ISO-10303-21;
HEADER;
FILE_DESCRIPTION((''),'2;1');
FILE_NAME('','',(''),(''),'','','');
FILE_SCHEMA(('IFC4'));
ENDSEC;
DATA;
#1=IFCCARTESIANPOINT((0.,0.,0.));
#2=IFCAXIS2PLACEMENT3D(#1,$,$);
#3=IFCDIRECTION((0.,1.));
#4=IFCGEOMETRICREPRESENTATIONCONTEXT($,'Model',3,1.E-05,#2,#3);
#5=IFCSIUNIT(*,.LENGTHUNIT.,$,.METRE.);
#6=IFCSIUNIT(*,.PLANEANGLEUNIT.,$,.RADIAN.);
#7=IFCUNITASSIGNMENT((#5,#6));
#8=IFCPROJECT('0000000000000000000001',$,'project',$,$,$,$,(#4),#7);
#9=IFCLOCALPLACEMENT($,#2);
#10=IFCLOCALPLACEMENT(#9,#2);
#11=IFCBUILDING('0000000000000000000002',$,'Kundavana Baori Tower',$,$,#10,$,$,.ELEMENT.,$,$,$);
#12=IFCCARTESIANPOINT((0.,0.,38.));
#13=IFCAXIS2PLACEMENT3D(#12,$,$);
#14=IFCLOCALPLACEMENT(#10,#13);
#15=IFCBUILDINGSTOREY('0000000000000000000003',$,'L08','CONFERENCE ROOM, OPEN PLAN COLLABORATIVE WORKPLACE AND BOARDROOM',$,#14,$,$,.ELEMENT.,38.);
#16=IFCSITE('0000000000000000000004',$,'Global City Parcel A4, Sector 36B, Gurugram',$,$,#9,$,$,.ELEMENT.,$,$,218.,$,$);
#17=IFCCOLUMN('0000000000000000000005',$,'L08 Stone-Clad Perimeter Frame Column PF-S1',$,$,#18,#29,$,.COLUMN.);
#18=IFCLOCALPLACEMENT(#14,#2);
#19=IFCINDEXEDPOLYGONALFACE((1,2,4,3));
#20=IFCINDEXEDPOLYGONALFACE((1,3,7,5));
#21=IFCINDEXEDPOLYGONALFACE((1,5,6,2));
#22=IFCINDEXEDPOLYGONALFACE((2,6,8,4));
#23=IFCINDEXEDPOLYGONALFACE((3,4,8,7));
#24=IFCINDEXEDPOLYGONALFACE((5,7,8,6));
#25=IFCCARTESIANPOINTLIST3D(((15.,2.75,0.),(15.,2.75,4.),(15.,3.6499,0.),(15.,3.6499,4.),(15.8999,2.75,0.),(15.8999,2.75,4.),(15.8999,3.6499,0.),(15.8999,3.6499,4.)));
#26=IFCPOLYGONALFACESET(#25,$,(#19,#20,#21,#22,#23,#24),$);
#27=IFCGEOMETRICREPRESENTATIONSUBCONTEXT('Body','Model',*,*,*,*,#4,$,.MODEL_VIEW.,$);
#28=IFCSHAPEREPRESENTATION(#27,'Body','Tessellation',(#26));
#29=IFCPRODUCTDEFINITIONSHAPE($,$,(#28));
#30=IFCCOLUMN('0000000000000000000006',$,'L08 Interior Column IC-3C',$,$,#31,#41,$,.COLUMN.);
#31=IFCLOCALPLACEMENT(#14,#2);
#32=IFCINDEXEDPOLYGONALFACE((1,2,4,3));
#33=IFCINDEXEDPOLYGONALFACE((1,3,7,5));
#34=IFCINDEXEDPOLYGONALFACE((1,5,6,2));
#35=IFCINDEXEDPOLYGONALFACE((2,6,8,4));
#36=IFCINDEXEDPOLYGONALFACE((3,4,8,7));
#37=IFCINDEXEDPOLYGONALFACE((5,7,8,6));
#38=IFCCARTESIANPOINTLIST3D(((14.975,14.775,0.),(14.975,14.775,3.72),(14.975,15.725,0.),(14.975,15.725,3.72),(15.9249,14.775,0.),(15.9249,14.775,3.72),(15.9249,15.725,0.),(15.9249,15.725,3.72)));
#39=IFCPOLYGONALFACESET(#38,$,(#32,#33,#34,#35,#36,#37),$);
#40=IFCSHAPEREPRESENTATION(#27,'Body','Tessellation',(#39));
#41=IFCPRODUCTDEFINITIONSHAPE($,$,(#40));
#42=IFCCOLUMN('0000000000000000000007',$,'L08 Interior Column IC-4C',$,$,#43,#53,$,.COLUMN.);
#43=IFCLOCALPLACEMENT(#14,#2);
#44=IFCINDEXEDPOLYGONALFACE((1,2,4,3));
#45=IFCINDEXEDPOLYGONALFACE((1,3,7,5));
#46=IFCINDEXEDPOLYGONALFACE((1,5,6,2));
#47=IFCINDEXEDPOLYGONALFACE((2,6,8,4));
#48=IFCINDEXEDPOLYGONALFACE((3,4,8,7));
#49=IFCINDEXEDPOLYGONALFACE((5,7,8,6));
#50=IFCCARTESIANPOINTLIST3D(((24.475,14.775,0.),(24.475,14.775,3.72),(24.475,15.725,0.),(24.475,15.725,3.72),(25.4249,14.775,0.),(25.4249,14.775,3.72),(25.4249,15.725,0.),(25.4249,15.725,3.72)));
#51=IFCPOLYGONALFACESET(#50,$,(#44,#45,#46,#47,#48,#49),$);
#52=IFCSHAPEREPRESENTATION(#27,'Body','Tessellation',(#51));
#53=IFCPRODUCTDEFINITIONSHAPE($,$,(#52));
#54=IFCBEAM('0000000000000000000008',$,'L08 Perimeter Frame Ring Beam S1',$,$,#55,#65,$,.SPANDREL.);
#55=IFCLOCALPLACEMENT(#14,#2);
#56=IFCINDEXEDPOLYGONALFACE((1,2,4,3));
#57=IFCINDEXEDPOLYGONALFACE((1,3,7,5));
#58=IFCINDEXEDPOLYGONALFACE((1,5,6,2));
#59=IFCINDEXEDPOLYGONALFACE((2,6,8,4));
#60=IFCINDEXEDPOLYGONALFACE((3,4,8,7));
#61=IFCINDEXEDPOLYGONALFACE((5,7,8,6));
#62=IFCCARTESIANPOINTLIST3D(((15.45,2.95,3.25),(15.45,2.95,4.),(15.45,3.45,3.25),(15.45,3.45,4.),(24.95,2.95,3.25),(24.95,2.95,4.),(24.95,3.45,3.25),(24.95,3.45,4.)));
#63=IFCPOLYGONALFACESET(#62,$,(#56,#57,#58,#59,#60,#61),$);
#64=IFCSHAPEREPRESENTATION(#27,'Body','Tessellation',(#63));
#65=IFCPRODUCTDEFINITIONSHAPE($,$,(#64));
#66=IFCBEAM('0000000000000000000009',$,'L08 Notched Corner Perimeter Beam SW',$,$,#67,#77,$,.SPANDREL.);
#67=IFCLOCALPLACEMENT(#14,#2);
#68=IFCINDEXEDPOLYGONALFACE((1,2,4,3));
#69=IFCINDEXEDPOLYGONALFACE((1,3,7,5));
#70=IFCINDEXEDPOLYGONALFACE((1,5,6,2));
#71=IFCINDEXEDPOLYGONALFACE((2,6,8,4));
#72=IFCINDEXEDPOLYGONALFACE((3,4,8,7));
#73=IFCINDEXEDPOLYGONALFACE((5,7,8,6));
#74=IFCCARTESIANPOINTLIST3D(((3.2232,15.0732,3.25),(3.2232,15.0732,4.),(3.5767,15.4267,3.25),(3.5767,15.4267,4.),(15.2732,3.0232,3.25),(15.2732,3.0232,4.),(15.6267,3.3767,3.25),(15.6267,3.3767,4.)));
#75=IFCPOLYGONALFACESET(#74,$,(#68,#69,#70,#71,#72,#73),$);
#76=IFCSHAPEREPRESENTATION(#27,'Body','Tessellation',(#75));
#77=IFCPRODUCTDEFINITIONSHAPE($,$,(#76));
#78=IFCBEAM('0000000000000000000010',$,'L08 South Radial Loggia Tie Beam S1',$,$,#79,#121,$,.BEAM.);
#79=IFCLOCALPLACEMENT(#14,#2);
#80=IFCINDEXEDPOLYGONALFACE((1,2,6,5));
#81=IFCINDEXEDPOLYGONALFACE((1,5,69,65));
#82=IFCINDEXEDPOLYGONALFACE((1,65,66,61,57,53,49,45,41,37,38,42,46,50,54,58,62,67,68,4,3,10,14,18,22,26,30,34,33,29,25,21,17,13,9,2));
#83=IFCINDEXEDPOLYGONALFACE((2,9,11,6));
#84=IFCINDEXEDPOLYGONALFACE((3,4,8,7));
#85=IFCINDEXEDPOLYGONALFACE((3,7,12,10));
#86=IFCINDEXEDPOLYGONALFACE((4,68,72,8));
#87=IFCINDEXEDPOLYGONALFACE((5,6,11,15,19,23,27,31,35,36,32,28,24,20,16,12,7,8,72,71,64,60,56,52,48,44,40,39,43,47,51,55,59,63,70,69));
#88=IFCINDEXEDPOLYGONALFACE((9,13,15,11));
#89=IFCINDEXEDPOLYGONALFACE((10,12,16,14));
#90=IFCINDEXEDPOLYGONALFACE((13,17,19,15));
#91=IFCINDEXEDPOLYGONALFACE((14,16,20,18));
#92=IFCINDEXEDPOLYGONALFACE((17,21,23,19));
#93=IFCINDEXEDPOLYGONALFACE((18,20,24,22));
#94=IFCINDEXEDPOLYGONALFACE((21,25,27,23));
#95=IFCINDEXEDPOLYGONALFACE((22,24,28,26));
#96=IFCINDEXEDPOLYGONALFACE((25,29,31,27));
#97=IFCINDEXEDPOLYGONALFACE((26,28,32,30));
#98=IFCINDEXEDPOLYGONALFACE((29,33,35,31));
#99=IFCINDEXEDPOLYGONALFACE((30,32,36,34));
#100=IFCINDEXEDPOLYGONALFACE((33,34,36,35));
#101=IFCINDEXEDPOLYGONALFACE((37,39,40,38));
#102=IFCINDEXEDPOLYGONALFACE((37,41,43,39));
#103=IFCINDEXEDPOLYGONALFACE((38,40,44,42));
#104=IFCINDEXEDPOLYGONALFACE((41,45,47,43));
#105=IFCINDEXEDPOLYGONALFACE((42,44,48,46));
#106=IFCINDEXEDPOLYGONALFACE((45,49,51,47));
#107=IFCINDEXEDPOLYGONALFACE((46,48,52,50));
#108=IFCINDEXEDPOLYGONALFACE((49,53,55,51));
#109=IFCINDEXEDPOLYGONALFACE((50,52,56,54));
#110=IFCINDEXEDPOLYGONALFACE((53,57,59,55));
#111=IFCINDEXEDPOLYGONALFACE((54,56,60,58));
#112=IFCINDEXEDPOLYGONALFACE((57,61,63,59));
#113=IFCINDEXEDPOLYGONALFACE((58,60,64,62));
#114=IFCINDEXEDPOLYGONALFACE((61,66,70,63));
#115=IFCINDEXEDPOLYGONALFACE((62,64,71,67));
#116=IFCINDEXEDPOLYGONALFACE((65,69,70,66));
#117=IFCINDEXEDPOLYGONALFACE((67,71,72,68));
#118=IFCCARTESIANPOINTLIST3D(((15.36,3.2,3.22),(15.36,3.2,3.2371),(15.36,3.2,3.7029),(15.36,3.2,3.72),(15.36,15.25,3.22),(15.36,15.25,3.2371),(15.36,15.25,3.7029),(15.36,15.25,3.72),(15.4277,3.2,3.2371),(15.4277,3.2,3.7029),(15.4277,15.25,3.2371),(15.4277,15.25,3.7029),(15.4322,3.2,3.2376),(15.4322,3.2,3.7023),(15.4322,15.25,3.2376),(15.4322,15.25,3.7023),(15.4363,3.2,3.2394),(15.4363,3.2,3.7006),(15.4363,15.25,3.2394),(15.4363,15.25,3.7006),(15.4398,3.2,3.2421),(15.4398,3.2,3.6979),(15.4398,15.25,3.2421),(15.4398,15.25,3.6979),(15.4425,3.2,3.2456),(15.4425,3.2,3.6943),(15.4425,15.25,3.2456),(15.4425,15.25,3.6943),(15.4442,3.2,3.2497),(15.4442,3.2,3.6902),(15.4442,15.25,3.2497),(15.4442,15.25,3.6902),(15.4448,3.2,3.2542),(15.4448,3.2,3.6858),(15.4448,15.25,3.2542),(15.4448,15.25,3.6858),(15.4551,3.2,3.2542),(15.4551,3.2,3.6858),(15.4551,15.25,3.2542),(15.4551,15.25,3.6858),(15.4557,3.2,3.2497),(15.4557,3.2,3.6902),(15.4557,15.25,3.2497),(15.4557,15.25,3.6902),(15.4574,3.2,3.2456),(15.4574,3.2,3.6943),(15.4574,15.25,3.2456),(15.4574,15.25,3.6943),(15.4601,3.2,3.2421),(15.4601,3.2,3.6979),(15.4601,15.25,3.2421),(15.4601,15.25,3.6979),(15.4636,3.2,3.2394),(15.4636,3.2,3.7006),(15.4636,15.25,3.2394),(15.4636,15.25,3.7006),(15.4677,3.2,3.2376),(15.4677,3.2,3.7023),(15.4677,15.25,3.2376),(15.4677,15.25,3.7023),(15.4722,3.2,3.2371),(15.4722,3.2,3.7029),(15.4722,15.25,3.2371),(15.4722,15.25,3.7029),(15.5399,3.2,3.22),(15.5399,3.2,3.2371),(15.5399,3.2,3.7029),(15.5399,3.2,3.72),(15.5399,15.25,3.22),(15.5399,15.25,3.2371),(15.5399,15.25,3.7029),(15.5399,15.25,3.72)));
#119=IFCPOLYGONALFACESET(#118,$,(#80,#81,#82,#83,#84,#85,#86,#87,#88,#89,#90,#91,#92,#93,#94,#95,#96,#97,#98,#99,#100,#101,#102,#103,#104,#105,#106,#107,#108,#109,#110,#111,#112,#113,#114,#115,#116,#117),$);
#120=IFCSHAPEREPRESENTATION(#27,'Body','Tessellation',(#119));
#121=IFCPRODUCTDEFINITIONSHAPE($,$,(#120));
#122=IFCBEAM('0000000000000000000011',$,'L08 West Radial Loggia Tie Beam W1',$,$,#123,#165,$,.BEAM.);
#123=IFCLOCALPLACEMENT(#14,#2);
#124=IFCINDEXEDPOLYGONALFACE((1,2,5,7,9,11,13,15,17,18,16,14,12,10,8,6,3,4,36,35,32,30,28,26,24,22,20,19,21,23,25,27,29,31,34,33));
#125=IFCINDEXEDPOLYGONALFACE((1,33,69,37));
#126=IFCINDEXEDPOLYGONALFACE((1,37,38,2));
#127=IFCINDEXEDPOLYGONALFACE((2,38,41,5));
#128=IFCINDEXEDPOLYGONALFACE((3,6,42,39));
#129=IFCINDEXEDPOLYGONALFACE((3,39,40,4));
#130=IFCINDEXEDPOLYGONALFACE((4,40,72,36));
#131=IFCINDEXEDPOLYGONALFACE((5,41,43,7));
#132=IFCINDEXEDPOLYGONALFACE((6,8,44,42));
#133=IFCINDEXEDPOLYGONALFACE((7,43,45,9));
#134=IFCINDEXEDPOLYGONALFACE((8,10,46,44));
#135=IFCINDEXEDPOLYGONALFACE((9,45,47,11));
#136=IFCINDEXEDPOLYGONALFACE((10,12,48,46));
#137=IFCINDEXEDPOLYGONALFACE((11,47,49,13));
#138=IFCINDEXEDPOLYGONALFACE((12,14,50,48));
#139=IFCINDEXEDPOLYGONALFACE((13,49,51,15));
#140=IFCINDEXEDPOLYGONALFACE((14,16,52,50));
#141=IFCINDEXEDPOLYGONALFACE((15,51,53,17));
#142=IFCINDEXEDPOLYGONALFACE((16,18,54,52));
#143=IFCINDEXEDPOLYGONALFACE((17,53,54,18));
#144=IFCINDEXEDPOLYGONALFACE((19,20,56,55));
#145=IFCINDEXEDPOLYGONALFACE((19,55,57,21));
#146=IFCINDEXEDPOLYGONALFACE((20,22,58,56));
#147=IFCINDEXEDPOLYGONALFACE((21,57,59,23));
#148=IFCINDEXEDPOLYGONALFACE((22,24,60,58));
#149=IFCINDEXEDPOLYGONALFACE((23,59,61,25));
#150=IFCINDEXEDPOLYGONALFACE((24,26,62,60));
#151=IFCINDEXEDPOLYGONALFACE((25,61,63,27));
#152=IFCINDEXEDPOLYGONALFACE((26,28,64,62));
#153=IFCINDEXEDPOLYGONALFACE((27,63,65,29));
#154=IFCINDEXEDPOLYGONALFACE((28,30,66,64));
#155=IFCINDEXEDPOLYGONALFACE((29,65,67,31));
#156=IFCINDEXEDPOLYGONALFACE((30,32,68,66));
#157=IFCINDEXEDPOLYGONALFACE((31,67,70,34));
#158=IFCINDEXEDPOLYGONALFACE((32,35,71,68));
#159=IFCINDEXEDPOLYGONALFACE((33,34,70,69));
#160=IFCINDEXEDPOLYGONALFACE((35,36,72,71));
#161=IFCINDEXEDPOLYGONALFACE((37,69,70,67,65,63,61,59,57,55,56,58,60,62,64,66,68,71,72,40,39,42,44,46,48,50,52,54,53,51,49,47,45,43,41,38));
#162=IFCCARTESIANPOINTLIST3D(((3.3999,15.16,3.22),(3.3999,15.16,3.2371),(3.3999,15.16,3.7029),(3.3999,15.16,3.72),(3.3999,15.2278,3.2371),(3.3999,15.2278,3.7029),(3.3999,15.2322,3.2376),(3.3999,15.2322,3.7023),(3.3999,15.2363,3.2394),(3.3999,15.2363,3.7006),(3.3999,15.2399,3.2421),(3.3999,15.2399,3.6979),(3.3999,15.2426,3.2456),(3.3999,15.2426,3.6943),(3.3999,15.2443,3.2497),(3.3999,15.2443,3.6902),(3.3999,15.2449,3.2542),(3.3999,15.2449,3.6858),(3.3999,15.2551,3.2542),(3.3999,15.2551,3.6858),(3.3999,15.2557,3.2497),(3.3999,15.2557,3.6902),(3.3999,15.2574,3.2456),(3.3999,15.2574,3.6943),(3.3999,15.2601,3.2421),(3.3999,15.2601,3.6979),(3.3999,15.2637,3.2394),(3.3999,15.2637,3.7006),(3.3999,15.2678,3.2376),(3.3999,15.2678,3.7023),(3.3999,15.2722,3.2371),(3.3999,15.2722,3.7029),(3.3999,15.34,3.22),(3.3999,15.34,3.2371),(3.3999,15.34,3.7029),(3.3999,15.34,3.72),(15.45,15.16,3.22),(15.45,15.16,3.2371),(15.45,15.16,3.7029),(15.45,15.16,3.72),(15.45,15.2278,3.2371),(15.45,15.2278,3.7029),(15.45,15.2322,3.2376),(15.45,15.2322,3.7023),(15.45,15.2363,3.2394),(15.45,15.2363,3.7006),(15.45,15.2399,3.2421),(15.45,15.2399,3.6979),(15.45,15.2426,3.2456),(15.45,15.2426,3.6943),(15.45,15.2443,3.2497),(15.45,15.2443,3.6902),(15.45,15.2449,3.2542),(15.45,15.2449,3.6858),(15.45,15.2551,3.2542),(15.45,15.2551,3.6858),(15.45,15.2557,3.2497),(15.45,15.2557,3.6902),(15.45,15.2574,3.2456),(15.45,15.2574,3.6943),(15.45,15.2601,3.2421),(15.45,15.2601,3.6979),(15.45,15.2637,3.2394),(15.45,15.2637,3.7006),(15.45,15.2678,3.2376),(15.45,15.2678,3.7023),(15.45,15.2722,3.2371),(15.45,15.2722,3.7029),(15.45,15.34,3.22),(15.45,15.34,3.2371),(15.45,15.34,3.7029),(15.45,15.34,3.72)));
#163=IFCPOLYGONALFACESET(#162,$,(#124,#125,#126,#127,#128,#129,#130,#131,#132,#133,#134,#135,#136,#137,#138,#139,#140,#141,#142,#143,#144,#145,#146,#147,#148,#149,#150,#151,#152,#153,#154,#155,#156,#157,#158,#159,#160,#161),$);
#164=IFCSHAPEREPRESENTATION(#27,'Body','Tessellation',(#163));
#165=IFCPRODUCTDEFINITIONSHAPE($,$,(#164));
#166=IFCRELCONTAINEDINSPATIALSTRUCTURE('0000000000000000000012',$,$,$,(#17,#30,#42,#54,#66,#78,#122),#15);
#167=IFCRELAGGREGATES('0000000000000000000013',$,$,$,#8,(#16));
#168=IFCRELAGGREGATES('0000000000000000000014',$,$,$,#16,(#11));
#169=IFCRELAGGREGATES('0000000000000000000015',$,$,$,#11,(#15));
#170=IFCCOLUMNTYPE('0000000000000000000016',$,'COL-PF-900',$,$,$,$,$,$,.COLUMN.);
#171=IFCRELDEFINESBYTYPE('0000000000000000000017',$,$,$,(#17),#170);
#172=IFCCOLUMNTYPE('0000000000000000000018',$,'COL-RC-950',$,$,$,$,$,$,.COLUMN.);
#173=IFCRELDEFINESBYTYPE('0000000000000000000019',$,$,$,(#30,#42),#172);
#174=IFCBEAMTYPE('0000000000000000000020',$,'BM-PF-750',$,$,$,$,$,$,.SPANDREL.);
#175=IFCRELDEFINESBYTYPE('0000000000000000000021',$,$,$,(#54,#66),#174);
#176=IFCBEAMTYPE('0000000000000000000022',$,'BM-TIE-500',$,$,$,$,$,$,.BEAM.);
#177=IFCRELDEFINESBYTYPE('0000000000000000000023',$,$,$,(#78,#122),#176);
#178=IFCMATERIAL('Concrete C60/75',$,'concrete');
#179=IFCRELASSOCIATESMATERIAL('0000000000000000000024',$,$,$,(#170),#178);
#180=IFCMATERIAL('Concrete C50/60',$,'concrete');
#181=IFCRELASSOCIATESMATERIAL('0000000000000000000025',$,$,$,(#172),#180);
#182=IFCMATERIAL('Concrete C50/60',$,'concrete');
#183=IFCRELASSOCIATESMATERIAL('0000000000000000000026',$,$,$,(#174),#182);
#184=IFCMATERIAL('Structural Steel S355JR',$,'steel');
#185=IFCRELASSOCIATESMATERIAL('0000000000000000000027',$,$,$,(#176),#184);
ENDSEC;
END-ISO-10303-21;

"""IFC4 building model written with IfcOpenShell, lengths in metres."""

from ifc_helpers import new_model, si_unit, direction, frame, origin, origin_2d, place, context, subcontext, project, spatial, rectangle, i_section, extrude, material, material_profile, profile_set, type_object, element, save


model = new_model("IFC4")

# Units and contexts
model_context = context("Model", 3, precision=1e-05, world=origin(), true_north=direction((0.0, 1.0)))
body_context = subcontext(model_context, "Body", "Model", "MODEL_VIEW")
ifc_project = project(units=[si_unit("LENGTHUNIT", "METRE"), si_unit("PLANEANGLEUNIT", "RADIAN")], contexts=[model_context])

# Site, building, storey
site_placement = place(None, origin())
site = spatial("IfcSite", under=ifc_project, at=site_placement, Name="Global City Parcel A4, Sector 36B, Gurugram", CompositionType="ELEMENT", RefElevation=218.0)
building_placement = place(site_placement, origin())
building = spatial("IfcBuilding", under=site, at=building_placement, Name="Kundavana Baori Tower", CompositionType="ELEMENT")
storey_placement = place(building_placement, frame((0.0, 0.0, 38.0)))
storey = spatial("IfcBuildingStorey", under=building, at=storey_placement, Name="L08", Description="CONFERENCE ROOM, OPEN PLAN COLLABORATIVE WORKPLACE AND BOARDROOM", CompositionType="ELEMENT", Elevation=38.0)

# Columns
ifc_material_1 = material(Name="Concrete C60/75", Category="concrete")
ifc_material_profile_1 = material_profile(ifc_material_1, rectangle(XDim=0.8999, YDim=0.8999, at=origin_2d()), Name="RC PF 900x900")
ifc_profile_set_1 = profile_set([ifc_material_profile_1], Name="Concrete C60/75")
column_type_1 = type_object("IfcColumnType", Name="COL-PF-900", PredefinedType="COLUMN", material=ifc_profile_set_1)
column_placement = place(storey_placement, frame((15.45, 3.2, 0.0), z_axis=(0.0, 0.0, 1.0), x_axis=(1.0, 0.0, 0.0)))
element("IfcColumn", 1, at=column_placement, inside=storey, type_object=column_type_1, Name="L08 Stone-Clad Perimeter Frame Column PF-S1", PredefinedType="COLUMN", context=body_context, shape_type="SweptSolid", body=[
    extrude(rectangle(XDim=0.8999, YDim=0.8999, at=origin_2d()), origin(), (0.0, 0.0, 1.0), 4.0),
])
ifc_material_2 = material(Name="Concrete C50/60", Category="concrete")
ifc_material_profile_2 = material_profile(ifc_material_2, rectangle(XDim=0.95, YDim=0.95, at=origin_2d()), Name="RC 950x950")
ifc_profile_set_2 = profile_set([ifc_material_profile_2], Name="Concrete C50/60")
column_type_2 = type_object("IfcColumnType", Name="COL-RC-950", PredefinedType="COLUMN", material=ifc_profile_set_2)
for number, where, z_axis, x_axis, name in (
    (2, (15.45, 15.25, 0.0), (0.0, 0.0, 1.0), (1.0, 0.0, 0.0), "L08 Interior Column IC-3C"),
    (3, (24.95, 15.25, 0.0), (0.0, 0.0, 1.0), (1.0, 0.0, 0.0), "L08 Interior Column IC-4C"),
):
    element("IfcColumn", number, at=place(storey_placement, frame(where, z_axis=z_axis, x_axis=x_axis)), inside=storey, type_object=column_type_2, Name=name, PredefinedType="COLUMN", context=body_context, shape_type="SweptSolid", body=[
        extrude(rectangle(XDim=0.95, YDim=0.95, at=origin_2d()), origin(), (0.0, 0.0, 1.0), 3.72),
    ])

# Beams
ifc_material_3 = material(Name="Concrete C50/60", Category="concrete")
ifc_material_profile_3 = material_profile(ifc_material_3, rectangle(XDim=0.5, YDim=0.75, at=origin_2d()), Name="RC BM 500x750")
ifc_profile_set_3 = profile_set([ifc_material_profile_3], Name="Concrete C50/60")
beam_type_1 = type_object("IfcBeamType", Name="BM-PF-750", PredefinedType="SPANDREL", material=ifc_profile_set_3)
beam_1_placement = place(storey_placement, frame((15.45, 3.2, 3.625), z_axis=(1.0, 0.0, 0.0), x_axis=(0.0, 1.0, 0.0)))
element("IfcBeam", 4, at=beam_1_placement, inside=storey, type_object=beam_type_1, Name="L08 Perimeter Frame Ring Beam S1", PredefinedType="SPANDREL", context=body_context, shape_type="SweptSolid", body=[
    extrude(rectangle(XDim=0.5, YDim=0.75, at=origin_2d()), origin(), (0.0, 0.0, 1.0), 9.5),
])
beam_2_placement = place(storey_placement, frame((15.45, 3.2, 3.625), z_axis=(-0.707107, 0.707107, 0.0), x_axis=(-0.707107, -0.707107, 0.0)))
element("IfcBeam", 5, at=beam_2_placement, inside=storey, type_object=beam_type_1, Name="L08 Notched Corner Perimeter Beam SW", PredefinedType="SPANDREL", context=body_context, shape_type="SweptSolid", body=[
    extrude(rectangle(XDim=0.5, YDim=0.75, at=origin_2d()), origin(), (0.0, 0.0, 1.0), 17.0413),
])
ifc_material_4 = material(Name="Structural Steel S355JR", Category="steel")
ifc_material_profile_4 = material_profile(ifc_material_4, i_section(OverallWidth=0.1799, OverallDepth=0.5, WebThickness=0.0103, FlangeThickness=0.0171, FilletRadius=0.0171, at=origin_2d()), Name="ISMB 500")
ifc_profile_set_4 = profile_set([ifc_material_profile_4], Name="Structural Steel S355JR")
beam_type_2 = type_object("IfcBeamType", Name="BM-TIE-500", PredefinedType="BEAM", material=ifc_profile_set_4)
for number, where, z_axis, x_axis, name in (
    (6, (15.45, 15.25, 3.47), (0.0, -1.0, 0.0), (1.0, 0.0, 0.0), "L08 South Radial Loggia Tie Beam S1"),
    (7, (15.45, 15.25, 3.47), (-1.0, 0.0, 0.0), (0.0, -1.0, 0.0), "L08 West Radial Loggia Tie Beam W1"),
):
    element("IfcBeam", number, at=place(storey_placement, frame(where, z_axis=z_axis, x_axis=x_axis)), inside=storey, type_object=beam_type_2, Name=name, PredefinedType="BEAM", context=body_context, shape_type="SweptSolid", body=[
        extrude(i_section(OverallWidth=0.1799, OverallDepth=0.5, WebThickness=0.0103, FlangeThickness=0.0171, FilletRadius=0.0171, at=origin_2d()), origin(), (0.0, 0.0, 1.0), 12.05),
    ])

save(model, "model.ifc")
